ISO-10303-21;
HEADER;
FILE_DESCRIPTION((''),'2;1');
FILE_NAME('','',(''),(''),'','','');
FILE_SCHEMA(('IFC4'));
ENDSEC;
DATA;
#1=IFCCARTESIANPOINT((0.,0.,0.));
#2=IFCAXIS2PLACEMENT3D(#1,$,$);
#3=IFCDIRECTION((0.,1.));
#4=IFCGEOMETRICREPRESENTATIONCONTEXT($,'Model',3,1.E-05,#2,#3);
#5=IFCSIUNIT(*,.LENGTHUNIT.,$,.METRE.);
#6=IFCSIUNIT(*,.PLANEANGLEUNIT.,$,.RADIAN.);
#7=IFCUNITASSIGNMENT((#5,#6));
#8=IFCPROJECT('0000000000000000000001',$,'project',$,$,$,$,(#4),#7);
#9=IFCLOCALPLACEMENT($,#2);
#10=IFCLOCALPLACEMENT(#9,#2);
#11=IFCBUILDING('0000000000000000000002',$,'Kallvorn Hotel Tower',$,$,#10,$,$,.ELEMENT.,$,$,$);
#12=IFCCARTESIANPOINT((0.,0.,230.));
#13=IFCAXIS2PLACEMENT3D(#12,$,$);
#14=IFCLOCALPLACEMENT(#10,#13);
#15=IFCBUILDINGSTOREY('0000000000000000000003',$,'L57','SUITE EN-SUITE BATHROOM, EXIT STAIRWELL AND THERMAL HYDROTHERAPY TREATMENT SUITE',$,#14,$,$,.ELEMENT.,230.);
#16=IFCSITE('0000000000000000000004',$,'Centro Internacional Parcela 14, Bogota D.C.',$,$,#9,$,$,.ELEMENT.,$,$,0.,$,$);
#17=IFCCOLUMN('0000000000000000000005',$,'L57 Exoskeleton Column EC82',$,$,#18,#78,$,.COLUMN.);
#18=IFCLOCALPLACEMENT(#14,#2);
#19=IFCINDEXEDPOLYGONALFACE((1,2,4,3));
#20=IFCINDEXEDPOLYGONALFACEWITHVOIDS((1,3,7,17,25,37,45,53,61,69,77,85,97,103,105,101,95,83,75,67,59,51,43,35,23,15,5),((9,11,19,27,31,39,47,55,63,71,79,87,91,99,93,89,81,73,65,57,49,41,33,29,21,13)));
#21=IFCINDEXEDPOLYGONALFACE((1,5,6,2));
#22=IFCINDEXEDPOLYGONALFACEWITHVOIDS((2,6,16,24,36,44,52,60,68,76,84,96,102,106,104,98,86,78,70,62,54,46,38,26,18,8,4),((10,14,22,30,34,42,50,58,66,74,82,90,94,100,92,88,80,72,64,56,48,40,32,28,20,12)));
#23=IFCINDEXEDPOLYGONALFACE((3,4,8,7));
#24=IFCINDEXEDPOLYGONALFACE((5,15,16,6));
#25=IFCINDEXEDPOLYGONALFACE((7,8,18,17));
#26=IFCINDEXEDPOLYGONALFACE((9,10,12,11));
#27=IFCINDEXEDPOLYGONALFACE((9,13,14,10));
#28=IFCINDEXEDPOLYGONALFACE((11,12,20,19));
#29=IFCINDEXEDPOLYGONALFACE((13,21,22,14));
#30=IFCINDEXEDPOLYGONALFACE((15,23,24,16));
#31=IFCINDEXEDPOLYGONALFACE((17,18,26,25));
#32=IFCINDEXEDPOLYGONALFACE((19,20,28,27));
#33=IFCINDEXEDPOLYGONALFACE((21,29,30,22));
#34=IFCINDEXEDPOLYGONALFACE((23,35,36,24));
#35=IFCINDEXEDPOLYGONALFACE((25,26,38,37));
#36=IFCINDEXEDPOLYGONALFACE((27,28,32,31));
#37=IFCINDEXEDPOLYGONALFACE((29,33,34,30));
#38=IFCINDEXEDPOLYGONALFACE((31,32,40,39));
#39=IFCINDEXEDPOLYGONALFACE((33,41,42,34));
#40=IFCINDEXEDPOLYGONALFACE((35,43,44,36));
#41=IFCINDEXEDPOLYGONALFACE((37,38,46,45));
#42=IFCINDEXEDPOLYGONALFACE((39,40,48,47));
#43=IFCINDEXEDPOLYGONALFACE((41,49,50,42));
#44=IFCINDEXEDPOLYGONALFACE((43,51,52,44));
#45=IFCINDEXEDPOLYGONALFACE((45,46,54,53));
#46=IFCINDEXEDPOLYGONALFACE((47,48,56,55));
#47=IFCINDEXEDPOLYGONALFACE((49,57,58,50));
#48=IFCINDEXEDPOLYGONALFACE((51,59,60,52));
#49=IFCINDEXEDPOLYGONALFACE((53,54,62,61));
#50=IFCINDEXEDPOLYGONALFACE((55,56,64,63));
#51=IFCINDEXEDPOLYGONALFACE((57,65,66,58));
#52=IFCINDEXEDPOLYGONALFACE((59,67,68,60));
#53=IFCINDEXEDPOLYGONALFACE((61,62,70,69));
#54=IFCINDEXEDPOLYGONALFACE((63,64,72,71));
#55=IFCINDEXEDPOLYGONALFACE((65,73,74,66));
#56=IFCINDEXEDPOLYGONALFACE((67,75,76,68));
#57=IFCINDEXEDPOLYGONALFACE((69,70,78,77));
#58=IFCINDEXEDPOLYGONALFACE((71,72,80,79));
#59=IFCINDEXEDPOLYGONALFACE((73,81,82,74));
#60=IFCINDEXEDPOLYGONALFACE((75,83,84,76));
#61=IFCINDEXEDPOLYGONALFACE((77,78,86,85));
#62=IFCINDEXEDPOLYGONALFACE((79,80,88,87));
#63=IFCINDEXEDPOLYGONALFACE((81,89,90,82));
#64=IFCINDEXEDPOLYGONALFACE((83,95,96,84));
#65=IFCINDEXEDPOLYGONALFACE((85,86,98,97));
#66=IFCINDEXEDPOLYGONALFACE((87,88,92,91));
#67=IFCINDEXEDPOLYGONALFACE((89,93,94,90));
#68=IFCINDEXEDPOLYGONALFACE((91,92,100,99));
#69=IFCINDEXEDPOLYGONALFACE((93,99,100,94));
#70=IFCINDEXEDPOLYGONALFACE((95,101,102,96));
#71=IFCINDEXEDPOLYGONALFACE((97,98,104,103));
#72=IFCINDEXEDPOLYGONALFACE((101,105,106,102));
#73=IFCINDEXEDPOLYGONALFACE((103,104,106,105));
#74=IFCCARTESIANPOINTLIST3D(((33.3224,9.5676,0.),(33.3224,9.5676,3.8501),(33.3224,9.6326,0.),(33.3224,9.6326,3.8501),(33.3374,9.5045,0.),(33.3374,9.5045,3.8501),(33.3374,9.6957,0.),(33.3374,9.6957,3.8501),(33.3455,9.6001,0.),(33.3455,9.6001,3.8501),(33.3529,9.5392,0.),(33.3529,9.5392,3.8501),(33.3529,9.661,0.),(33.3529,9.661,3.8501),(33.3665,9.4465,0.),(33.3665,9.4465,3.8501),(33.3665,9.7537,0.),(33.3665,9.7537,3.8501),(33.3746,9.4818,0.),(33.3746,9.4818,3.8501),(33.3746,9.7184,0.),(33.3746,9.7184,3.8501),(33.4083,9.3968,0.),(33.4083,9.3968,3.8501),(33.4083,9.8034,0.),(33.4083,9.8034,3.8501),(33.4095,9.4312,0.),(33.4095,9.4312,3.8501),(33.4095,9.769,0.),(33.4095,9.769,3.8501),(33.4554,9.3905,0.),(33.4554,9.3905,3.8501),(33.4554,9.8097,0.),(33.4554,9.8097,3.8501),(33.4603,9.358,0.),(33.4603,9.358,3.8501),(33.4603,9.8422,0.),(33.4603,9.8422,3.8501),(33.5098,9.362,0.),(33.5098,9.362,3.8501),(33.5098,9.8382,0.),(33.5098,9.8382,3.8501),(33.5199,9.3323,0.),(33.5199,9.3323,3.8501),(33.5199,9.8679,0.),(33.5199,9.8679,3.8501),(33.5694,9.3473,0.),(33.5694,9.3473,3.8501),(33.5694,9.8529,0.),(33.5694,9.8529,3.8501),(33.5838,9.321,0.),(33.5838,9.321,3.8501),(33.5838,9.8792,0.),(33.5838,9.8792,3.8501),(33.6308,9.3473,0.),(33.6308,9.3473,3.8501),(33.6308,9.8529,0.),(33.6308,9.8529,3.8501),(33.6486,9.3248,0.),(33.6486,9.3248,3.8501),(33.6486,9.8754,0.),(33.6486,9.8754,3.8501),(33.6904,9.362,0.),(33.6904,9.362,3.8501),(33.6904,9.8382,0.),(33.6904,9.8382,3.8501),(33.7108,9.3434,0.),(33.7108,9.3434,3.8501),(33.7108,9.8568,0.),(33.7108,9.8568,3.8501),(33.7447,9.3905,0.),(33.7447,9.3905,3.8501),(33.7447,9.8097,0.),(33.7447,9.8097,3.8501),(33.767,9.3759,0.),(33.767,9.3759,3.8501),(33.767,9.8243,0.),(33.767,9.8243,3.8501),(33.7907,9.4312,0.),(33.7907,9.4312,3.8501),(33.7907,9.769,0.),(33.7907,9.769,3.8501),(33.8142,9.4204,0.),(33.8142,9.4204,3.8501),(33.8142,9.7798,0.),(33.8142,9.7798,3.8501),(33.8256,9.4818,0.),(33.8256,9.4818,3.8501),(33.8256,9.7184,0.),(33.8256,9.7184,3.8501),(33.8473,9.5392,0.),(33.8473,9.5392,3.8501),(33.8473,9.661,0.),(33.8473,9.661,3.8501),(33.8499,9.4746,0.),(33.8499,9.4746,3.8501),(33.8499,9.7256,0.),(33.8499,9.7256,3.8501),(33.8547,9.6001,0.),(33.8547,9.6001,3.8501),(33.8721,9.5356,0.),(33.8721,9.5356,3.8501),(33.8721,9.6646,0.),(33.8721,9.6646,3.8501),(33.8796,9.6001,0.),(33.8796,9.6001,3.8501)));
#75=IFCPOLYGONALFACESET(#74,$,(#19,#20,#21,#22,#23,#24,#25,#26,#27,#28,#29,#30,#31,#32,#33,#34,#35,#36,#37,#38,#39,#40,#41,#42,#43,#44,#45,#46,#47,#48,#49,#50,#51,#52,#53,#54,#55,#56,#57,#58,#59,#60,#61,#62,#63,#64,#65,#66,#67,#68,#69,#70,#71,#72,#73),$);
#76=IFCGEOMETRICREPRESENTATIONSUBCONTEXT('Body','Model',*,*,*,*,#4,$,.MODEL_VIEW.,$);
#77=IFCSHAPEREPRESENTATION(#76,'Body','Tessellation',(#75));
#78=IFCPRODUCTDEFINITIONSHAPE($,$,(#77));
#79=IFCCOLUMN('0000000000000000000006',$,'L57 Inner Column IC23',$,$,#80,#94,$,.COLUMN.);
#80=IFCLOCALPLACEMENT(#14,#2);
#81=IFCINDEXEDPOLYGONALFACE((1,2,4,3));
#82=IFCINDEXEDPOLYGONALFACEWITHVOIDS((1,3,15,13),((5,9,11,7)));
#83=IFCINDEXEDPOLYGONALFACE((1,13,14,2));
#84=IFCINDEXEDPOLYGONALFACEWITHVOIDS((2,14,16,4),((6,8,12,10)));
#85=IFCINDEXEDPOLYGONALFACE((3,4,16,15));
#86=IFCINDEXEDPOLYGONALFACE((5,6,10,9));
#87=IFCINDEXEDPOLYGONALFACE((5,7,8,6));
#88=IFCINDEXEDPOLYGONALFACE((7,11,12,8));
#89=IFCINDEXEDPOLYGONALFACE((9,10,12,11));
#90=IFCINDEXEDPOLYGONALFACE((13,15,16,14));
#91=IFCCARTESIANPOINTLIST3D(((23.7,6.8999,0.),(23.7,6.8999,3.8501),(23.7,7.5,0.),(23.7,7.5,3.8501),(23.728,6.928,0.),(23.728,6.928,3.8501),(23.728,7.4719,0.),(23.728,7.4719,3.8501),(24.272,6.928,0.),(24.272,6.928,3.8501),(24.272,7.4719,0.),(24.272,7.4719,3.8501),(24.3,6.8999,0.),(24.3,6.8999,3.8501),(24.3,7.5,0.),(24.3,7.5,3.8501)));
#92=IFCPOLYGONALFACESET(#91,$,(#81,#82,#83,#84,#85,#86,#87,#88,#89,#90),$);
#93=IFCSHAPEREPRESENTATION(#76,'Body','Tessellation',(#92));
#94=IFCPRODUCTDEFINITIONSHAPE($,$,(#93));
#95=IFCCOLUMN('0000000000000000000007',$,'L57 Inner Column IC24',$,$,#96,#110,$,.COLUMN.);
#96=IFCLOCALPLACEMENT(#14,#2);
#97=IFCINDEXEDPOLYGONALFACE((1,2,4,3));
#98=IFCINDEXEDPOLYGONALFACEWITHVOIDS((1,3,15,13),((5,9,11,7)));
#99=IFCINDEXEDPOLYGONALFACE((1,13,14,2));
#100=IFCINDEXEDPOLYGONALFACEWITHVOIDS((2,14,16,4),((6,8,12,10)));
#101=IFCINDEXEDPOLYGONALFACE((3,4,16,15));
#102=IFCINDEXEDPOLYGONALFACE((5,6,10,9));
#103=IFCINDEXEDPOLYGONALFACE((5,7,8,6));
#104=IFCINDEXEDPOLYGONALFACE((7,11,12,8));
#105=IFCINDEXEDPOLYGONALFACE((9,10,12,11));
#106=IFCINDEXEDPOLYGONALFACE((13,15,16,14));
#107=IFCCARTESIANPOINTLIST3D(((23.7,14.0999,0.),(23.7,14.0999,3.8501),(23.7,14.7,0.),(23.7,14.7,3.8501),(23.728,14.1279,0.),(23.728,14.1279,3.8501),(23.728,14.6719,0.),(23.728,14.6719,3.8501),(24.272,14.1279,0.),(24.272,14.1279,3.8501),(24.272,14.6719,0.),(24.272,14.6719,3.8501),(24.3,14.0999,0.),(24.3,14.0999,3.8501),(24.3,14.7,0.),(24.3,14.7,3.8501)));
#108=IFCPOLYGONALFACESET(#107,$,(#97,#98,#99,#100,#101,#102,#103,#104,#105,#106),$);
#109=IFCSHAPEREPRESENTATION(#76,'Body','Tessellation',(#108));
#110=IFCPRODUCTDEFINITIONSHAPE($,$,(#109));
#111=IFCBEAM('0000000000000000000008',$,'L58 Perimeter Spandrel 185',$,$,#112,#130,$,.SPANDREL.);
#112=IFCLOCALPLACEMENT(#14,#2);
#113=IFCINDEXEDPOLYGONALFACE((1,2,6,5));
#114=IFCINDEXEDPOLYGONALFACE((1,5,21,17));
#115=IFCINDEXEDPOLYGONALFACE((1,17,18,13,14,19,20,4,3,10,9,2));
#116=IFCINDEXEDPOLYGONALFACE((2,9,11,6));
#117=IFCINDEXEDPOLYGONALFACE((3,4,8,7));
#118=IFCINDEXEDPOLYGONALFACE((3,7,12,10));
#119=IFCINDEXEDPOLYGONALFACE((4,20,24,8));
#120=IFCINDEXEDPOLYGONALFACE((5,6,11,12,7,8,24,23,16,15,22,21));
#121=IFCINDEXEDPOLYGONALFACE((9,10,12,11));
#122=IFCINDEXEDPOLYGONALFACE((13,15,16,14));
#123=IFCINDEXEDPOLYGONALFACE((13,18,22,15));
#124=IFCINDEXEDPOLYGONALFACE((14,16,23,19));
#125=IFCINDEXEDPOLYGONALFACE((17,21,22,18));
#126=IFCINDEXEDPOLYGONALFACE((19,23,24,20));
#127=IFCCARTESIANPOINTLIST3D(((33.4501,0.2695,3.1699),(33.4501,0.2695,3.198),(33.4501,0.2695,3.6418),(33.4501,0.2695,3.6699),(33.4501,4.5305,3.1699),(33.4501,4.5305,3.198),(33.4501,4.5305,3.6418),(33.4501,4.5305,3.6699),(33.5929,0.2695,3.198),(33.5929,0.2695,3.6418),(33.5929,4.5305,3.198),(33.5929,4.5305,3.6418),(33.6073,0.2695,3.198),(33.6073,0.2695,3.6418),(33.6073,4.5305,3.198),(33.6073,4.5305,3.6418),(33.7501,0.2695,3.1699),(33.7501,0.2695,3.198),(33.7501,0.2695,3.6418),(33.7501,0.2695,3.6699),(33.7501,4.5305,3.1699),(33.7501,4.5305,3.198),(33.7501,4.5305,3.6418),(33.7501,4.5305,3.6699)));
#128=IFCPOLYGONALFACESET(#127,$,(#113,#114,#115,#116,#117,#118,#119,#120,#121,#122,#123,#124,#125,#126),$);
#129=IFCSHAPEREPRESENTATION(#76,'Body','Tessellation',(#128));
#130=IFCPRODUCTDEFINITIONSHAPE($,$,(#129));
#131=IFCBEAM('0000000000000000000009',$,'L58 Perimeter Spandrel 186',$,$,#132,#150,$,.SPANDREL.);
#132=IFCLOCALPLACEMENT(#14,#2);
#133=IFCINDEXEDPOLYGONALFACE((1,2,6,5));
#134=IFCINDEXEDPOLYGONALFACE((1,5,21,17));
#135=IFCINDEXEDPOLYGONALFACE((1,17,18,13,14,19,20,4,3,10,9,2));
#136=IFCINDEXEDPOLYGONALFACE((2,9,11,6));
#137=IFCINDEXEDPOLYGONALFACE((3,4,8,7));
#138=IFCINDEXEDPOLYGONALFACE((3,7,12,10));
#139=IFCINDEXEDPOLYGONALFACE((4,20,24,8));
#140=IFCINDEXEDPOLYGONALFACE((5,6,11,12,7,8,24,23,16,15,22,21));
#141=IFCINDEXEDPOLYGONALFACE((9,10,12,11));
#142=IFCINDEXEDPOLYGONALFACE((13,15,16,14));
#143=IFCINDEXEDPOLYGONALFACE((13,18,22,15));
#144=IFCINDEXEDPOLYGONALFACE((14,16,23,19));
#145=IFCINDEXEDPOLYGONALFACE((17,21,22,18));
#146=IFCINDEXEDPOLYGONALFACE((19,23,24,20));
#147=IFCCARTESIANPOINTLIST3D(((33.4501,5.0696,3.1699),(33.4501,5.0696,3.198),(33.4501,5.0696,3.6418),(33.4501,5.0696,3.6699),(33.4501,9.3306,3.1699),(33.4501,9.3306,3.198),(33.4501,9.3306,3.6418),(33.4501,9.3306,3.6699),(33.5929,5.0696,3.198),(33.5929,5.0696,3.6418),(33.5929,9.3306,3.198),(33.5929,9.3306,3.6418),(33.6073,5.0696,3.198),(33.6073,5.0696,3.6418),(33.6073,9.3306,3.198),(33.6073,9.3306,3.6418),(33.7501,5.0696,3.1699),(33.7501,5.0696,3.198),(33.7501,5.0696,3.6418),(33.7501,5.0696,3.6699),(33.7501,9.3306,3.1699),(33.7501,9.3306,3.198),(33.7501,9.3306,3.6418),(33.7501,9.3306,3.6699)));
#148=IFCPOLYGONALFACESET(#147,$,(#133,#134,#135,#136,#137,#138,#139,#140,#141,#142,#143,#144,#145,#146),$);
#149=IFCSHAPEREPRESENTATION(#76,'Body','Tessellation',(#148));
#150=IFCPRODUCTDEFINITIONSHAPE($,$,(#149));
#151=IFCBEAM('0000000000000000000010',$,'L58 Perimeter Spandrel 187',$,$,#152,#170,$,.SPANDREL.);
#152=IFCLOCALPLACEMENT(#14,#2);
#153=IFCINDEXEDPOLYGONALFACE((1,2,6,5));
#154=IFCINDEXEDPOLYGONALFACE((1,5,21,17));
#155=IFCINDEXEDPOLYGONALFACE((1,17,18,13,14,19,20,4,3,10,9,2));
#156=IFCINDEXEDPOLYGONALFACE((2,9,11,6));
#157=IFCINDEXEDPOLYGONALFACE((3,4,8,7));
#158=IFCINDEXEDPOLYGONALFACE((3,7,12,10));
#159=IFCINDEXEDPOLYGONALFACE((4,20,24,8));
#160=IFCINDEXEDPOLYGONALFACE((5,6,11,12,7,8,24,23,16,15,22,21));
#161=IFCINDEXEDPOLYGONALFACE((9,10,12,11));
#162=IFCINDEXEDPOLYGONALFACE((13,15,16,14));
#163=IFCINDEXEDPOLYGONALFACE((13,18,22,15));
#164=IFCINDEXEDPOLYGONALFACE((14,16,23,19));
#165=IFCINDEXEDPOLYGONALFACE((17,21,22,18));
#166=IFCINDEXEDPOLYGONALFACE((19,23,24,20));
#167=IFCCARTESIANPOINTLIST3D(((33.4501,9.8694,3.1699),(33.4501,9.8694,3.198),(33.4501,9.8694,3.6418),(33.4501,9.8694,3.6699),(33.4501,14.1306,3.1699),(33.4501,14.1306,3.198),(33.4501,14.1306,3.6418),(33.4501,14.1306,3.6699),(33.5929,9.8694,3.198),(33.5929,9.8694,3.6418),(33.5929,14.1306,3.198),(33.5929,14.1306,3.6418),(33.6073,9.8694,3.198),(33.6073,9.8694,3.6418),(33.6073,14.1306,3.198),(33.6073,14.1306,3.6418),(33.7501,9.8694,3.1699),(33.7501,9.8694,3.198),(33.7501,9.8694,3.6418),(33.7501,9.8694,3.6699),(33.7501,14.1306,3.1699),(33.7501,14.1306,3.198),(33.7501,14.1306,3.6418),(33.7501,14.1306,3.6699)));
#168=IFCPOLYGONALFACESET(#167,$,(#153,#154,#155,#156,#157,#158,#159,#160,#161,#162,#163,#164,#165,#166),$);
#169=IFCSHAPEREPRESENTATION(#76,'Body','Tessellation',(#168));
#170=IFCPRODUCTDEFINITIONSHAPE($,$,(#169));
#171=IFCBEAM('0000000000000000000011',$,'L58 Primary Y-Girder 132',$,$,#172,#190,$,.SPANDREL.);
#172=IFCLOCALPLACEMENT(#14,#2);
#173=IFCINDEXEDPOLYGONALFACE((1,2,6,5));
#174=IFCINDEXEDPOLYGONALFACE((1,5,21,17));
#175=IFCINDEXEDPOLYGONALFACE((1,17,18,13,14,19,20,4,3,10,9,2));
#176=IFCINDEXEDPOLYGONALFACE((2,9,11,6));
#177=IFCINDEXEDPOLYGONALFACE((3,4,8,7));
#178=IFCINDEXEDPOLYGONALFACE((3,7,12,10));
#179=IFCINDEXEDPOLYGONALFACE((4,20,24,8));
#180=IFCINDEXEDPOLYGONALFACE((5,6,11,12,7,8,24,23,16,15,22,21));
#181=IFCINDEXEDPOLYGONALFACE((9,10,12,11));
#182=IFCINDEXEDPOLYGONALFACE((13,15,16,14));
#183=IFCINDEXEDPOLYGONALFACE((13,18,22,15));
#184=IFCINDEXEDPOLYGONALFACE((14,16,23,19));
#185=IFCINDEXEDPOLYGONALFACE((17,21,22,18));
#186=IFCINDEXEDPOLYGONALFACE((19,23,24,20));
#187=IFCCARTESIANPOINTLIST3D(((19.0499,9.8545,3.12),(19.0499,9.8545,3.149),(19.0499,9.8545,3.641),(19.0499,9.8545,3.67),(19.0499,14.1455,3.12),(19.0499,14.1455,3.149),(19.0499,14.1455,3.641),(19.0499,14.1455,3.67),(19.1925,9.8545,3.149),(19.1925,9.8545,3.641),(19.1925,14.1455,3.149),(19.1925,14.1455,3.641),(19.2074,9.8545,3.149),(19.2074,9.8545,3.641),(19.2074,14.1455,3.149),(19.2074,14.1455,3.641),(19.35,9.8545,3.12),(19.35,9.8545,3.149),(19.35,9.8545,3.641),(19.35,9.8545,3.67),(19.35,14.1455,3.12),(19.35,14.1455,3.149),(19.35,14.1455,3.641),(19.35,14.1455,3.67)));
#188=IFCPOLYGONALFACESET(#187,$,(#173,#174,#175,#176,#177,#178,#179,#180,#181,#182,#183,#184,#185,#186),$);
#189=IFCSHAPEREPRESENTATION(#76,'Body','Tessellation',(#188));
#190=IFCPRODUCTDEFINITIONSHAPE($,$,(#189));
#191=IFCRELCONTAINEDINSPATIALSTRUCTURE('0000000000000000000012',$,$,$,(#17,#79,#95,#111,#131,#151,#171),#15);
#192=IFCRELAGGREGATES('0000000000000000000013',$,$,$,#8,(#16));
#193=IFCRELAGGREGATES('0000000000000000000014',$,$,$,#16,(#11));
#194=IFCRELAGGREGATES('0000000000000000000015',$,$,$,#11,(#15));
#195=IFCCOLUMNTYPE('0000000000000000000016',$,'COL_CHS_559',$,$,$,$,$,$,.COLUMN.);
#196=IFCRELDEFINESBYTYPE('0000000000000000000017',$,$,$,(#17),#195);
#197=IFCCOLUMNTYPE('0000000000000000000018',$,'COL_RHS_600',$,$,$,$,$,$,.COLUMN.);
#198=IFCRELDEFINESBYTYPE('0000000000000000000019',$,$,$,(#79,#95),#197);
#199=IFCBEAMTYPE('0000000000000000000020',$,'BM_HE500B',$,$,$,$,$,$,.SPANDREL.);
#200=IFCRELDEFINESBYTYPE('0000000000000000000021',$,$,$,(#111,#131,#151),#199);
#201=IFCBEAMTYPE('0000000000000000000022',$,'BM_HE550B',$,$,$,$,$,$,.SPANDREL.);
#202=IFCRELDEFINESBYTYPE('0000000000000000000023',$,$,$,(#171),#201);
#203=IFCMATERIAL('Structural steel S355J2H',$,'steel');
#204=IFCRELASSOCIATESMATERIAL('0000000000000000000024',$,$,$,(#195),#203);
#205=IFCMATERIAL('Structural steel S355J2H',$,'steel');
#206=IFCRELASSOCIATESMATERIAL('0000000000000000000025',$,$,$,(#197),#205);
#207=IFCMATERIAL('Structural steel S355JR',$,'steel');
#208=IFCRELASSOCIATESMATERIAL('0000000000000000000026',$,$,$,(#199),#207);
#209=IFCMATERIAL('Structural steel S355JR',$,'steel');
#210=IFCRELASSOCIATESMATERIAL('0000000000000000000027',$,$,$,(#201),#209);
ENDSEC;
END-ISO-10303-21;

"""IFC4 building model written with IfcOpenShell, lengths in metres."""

from ifc_helpers import new_model, si_unit, direction, frame, origin, origin_2d, place, context, subcontext, project, spatial, hollow_rectangle, hollow_circle, i_section, extrude, material, material_profile, profile_set, type_object, element, save


model = new_model("IFC4")

# Units and contexts
model_context = context("Model", 3, precision=1e-05, world=origin(), true_north=direction((0.0, 1.0)))
body_context = subcontext(model_context, "Body", "Model", "MODEL_VIEW")
ifc_project = project(units=[si_unit("LENGTHUNIT", "METRE"), si_unit("PLANEANGLEUNIT", "RADIAN")], contexts=[model_context])

# Site, building, storey
site_placement = place(None, origin())
site = spatial("IfcSite", under=ifc_project, at=site_placement, Name="Centro Internacional Parcela 14, Bogota D.C.", CompositionType="ELEMENT", RefElevation=0.0)
building_placement = place(site_placement, origin())
building = spatial("IfcBuilding", under=site, at=building_placement, Name="Kallvorn Hotel Tower", CompositionType="ELEMENT")
storey_placement = place(building_placement, frame((0.0, 0.0, 230.0)))
storey = spatial("IfcBuildingStorey", under=building, at=storey_placement, Name="L57", Description="SUITE EN-SUITE BATHROOM, EXIT STAIRWELL AND THERMAL HYDROTHERAPY TREATMENT SUITE", CompositionType="ELEMENT", Elevation=230.0)

# Columns
ifc_material_1 = material(Name="Structural steel S355J2H", Category="steel")
ifc_material_profile_1 = material_profile(ifc_material_1, hollow_circle(Radius=0.2795, WallThickness=0.0249, at=origin_2d()), Name="CHS 559x25")
ifc_profile_set_1 = profile_set([ifc_material_profile_1], Name="Structural steel S355J2H")
column_type_1 = type_object("IfcColumnType", Name="COL_CHS_559", PredefinedType="COLUMN", material=ifc_profile_set_1)
for number, where, z_axis, x_axis, name in (
    (1, (33.6001, 9.6001, 0.0), (0.0, 0.0, 1.0), (1.0, 0.0, 0.0), "L57 Exoskeleton Column EC82"),
):
    element("IfcColumn", number, at=place(storey_placement, frame(where, z_axis=z_axis, x_axis=x_axis)), inside=storey, type_object=column_type_1, Name=name, PredefinedType="COLUMN", context=body_context, shape_type="SweptSolid", body=[
        extrude(hollow_circle(Radius=0.2795, WallThickness=0.0249, at=origin_2d()), origin(), (0.0, 0.0, 1.0), 3.8501),
    ])
ifc_material_2 = material(Name="Structural steel S355J2H", Category="steel")
ifc_material_profile_2 = material_profile(ifc_material_2, hollow_rectangle(XDim=0.6001, YDim=0.6001, WallThickness=0.0281, at=origin_2d()), Name="RHS 600x600x28")
ifc_profile_set_2 = profile_set([ifc_material_profile_2], Name="Structural steel S355J2H")
column_type_2 = type_object("IfcColumnType", Name="COL_RHS_600", PredefinedType="COLUMN", material=ifc_profile_set_2)
for number, where, z_axis, x_axis, name in (
    (2, (24.0, 7.2, 0.0), (0.0, 0.0, 1.0), (1.0, 0.0, 0.0), "L57 Inner Column IC23"),
    (3, (24.0, 14.3999, 0.0), (0.0, 0.0, 1.0), (1.0, 0.0, 0.0), "L57 Inner Column IC24"),
):
    element("IfcColumn", number, at=place(storey_placement, frame(where, z_axis=z_axis, x_axis=x_axis)), inside=storey, type_object=column_type_2, Name=name, PredefinedType="COLUMN", context=body_context, shape_type="SweptSolid", body=[
        extrude(hollow_rectangle(XDim=0.6001, YDim=0.6001, WallThickness=0.0281, at=origin_2d()), origin(), (0.0, 0.0, 1.0), 3.8501),
    ])

# Beams
ifc_material_3 = material(Name="Structural steel S355JR", Category="steel")
ifc_material_profile_3 = material_profile(ifc_material_3, i_section(OverallWidth=0.3, OverallDepth=0.5, WebThickness=0.0144, FlangeThickness=0.0281, at=origin_2d()), Name="HE 500 B")
ifc_profile_set_3 = profile_set([ifc_material_profile_3], Name="Structural steel S355JR")
beam_type_1 = type_object("IfcBeamType", Name="BM_HE500B", PredefinedType="SPANDREL", material=ifc_profile_set_3)
for number, where, z_axis, x_axis, name in (
    (4, (33.6001, 0.2695, 3.4199), (0.0, 1.0, 0.0), (-1.0, 0.0, 0.0), "L58 Perimeter Spandrel 185"),
    (5, (33.6001, 5.0696, 3.4199), (0.0, 1.0, 0.0), (-1.0, 0.0, 0.0), "L58 Perimeter Spandrel 186"),
):
    element("IfcBeam", number, at=place(storey_placement, frame(where, z_axis=z_axis, x_axis=x_axis)), inside=storey, type_object=beam_type_1, Name=name, PredefinedType="SPANDREL", context=body_context, shape_type="SweptSolid", body=[
        extrude(i_section(OverallWidth=0.3, OverallDepth=0.5, WebThickness=0.0144, FlangeThickness=0.0281, at=origin_2d()), origin(), (0.0, 0.0, 1.0), 4.261),
    ])
beam_1_placement = place(storey_placement, frame((33.6001, 9.8694, 3.4199), z_axis=(0.0, 1.0, 0.0), x_axis=(-1.0, 0.0, 0.0)))
element("IfcBeam", 6, at=beam_1_placement, inside=storey, type_object=beam_type_1, Name="L58 Perimeter Spandrel 187", PredefinedType="SPANDREL", context=body_context, shape_type="SweptSolid", body=[
    extrude(i_section(OverallWidth=0.3, OverallDepth=0.5, WebThickness=0.0144, FlangeThickness=0.0281, at=origin_2d()), origin(), (0.0, 0.0, 1.0), 4.2612),
])
ifc_material_4 = material(Name="Structural steel S355JR", Category="steel")
ifc_material_profile_4 = material_profile(ifc_material_4, i_section(OverallWidth=0.3, OverallDepth=0.55, WebThickness=0.0149, FlangeThickness=0.0291, at=origin_2d()), Name="HE 550 B")
ifc_profile_set_4 = profile_set([ifc_material_profile_4], Name="Structural steel S355JR")
beam_type_2 = type_object("IfcBeamType", Name="BM_HE550B", PredefinedType="SPANDREL", material=ifc_profile_set_4)
beam_2_placement = place(storey_placement, frame((19.2, 9.8545, 3.395), z_axis=(0.0, 1.0, 0.0), x_axis=(-1.0, 0.0, 0.0)))
element("IfcBeam", 7, at=beam_2_placement, inside=storey, type_object=beam_type_2, Name="L58 Primary Y-Girder 132", PredefinedType="SPANDREL", context=body_context, shape_type="SweptSolid", body=[
    extrude(i_section(OverallWidth=0.3, OverallDepth=0.55, WebThickness=0.0149, FlangeThickness=0.0291, at=origin_2d()), origin(), (0.0, 0.0, 1.0), 4.291),
])

save(model, "model.ifc")
